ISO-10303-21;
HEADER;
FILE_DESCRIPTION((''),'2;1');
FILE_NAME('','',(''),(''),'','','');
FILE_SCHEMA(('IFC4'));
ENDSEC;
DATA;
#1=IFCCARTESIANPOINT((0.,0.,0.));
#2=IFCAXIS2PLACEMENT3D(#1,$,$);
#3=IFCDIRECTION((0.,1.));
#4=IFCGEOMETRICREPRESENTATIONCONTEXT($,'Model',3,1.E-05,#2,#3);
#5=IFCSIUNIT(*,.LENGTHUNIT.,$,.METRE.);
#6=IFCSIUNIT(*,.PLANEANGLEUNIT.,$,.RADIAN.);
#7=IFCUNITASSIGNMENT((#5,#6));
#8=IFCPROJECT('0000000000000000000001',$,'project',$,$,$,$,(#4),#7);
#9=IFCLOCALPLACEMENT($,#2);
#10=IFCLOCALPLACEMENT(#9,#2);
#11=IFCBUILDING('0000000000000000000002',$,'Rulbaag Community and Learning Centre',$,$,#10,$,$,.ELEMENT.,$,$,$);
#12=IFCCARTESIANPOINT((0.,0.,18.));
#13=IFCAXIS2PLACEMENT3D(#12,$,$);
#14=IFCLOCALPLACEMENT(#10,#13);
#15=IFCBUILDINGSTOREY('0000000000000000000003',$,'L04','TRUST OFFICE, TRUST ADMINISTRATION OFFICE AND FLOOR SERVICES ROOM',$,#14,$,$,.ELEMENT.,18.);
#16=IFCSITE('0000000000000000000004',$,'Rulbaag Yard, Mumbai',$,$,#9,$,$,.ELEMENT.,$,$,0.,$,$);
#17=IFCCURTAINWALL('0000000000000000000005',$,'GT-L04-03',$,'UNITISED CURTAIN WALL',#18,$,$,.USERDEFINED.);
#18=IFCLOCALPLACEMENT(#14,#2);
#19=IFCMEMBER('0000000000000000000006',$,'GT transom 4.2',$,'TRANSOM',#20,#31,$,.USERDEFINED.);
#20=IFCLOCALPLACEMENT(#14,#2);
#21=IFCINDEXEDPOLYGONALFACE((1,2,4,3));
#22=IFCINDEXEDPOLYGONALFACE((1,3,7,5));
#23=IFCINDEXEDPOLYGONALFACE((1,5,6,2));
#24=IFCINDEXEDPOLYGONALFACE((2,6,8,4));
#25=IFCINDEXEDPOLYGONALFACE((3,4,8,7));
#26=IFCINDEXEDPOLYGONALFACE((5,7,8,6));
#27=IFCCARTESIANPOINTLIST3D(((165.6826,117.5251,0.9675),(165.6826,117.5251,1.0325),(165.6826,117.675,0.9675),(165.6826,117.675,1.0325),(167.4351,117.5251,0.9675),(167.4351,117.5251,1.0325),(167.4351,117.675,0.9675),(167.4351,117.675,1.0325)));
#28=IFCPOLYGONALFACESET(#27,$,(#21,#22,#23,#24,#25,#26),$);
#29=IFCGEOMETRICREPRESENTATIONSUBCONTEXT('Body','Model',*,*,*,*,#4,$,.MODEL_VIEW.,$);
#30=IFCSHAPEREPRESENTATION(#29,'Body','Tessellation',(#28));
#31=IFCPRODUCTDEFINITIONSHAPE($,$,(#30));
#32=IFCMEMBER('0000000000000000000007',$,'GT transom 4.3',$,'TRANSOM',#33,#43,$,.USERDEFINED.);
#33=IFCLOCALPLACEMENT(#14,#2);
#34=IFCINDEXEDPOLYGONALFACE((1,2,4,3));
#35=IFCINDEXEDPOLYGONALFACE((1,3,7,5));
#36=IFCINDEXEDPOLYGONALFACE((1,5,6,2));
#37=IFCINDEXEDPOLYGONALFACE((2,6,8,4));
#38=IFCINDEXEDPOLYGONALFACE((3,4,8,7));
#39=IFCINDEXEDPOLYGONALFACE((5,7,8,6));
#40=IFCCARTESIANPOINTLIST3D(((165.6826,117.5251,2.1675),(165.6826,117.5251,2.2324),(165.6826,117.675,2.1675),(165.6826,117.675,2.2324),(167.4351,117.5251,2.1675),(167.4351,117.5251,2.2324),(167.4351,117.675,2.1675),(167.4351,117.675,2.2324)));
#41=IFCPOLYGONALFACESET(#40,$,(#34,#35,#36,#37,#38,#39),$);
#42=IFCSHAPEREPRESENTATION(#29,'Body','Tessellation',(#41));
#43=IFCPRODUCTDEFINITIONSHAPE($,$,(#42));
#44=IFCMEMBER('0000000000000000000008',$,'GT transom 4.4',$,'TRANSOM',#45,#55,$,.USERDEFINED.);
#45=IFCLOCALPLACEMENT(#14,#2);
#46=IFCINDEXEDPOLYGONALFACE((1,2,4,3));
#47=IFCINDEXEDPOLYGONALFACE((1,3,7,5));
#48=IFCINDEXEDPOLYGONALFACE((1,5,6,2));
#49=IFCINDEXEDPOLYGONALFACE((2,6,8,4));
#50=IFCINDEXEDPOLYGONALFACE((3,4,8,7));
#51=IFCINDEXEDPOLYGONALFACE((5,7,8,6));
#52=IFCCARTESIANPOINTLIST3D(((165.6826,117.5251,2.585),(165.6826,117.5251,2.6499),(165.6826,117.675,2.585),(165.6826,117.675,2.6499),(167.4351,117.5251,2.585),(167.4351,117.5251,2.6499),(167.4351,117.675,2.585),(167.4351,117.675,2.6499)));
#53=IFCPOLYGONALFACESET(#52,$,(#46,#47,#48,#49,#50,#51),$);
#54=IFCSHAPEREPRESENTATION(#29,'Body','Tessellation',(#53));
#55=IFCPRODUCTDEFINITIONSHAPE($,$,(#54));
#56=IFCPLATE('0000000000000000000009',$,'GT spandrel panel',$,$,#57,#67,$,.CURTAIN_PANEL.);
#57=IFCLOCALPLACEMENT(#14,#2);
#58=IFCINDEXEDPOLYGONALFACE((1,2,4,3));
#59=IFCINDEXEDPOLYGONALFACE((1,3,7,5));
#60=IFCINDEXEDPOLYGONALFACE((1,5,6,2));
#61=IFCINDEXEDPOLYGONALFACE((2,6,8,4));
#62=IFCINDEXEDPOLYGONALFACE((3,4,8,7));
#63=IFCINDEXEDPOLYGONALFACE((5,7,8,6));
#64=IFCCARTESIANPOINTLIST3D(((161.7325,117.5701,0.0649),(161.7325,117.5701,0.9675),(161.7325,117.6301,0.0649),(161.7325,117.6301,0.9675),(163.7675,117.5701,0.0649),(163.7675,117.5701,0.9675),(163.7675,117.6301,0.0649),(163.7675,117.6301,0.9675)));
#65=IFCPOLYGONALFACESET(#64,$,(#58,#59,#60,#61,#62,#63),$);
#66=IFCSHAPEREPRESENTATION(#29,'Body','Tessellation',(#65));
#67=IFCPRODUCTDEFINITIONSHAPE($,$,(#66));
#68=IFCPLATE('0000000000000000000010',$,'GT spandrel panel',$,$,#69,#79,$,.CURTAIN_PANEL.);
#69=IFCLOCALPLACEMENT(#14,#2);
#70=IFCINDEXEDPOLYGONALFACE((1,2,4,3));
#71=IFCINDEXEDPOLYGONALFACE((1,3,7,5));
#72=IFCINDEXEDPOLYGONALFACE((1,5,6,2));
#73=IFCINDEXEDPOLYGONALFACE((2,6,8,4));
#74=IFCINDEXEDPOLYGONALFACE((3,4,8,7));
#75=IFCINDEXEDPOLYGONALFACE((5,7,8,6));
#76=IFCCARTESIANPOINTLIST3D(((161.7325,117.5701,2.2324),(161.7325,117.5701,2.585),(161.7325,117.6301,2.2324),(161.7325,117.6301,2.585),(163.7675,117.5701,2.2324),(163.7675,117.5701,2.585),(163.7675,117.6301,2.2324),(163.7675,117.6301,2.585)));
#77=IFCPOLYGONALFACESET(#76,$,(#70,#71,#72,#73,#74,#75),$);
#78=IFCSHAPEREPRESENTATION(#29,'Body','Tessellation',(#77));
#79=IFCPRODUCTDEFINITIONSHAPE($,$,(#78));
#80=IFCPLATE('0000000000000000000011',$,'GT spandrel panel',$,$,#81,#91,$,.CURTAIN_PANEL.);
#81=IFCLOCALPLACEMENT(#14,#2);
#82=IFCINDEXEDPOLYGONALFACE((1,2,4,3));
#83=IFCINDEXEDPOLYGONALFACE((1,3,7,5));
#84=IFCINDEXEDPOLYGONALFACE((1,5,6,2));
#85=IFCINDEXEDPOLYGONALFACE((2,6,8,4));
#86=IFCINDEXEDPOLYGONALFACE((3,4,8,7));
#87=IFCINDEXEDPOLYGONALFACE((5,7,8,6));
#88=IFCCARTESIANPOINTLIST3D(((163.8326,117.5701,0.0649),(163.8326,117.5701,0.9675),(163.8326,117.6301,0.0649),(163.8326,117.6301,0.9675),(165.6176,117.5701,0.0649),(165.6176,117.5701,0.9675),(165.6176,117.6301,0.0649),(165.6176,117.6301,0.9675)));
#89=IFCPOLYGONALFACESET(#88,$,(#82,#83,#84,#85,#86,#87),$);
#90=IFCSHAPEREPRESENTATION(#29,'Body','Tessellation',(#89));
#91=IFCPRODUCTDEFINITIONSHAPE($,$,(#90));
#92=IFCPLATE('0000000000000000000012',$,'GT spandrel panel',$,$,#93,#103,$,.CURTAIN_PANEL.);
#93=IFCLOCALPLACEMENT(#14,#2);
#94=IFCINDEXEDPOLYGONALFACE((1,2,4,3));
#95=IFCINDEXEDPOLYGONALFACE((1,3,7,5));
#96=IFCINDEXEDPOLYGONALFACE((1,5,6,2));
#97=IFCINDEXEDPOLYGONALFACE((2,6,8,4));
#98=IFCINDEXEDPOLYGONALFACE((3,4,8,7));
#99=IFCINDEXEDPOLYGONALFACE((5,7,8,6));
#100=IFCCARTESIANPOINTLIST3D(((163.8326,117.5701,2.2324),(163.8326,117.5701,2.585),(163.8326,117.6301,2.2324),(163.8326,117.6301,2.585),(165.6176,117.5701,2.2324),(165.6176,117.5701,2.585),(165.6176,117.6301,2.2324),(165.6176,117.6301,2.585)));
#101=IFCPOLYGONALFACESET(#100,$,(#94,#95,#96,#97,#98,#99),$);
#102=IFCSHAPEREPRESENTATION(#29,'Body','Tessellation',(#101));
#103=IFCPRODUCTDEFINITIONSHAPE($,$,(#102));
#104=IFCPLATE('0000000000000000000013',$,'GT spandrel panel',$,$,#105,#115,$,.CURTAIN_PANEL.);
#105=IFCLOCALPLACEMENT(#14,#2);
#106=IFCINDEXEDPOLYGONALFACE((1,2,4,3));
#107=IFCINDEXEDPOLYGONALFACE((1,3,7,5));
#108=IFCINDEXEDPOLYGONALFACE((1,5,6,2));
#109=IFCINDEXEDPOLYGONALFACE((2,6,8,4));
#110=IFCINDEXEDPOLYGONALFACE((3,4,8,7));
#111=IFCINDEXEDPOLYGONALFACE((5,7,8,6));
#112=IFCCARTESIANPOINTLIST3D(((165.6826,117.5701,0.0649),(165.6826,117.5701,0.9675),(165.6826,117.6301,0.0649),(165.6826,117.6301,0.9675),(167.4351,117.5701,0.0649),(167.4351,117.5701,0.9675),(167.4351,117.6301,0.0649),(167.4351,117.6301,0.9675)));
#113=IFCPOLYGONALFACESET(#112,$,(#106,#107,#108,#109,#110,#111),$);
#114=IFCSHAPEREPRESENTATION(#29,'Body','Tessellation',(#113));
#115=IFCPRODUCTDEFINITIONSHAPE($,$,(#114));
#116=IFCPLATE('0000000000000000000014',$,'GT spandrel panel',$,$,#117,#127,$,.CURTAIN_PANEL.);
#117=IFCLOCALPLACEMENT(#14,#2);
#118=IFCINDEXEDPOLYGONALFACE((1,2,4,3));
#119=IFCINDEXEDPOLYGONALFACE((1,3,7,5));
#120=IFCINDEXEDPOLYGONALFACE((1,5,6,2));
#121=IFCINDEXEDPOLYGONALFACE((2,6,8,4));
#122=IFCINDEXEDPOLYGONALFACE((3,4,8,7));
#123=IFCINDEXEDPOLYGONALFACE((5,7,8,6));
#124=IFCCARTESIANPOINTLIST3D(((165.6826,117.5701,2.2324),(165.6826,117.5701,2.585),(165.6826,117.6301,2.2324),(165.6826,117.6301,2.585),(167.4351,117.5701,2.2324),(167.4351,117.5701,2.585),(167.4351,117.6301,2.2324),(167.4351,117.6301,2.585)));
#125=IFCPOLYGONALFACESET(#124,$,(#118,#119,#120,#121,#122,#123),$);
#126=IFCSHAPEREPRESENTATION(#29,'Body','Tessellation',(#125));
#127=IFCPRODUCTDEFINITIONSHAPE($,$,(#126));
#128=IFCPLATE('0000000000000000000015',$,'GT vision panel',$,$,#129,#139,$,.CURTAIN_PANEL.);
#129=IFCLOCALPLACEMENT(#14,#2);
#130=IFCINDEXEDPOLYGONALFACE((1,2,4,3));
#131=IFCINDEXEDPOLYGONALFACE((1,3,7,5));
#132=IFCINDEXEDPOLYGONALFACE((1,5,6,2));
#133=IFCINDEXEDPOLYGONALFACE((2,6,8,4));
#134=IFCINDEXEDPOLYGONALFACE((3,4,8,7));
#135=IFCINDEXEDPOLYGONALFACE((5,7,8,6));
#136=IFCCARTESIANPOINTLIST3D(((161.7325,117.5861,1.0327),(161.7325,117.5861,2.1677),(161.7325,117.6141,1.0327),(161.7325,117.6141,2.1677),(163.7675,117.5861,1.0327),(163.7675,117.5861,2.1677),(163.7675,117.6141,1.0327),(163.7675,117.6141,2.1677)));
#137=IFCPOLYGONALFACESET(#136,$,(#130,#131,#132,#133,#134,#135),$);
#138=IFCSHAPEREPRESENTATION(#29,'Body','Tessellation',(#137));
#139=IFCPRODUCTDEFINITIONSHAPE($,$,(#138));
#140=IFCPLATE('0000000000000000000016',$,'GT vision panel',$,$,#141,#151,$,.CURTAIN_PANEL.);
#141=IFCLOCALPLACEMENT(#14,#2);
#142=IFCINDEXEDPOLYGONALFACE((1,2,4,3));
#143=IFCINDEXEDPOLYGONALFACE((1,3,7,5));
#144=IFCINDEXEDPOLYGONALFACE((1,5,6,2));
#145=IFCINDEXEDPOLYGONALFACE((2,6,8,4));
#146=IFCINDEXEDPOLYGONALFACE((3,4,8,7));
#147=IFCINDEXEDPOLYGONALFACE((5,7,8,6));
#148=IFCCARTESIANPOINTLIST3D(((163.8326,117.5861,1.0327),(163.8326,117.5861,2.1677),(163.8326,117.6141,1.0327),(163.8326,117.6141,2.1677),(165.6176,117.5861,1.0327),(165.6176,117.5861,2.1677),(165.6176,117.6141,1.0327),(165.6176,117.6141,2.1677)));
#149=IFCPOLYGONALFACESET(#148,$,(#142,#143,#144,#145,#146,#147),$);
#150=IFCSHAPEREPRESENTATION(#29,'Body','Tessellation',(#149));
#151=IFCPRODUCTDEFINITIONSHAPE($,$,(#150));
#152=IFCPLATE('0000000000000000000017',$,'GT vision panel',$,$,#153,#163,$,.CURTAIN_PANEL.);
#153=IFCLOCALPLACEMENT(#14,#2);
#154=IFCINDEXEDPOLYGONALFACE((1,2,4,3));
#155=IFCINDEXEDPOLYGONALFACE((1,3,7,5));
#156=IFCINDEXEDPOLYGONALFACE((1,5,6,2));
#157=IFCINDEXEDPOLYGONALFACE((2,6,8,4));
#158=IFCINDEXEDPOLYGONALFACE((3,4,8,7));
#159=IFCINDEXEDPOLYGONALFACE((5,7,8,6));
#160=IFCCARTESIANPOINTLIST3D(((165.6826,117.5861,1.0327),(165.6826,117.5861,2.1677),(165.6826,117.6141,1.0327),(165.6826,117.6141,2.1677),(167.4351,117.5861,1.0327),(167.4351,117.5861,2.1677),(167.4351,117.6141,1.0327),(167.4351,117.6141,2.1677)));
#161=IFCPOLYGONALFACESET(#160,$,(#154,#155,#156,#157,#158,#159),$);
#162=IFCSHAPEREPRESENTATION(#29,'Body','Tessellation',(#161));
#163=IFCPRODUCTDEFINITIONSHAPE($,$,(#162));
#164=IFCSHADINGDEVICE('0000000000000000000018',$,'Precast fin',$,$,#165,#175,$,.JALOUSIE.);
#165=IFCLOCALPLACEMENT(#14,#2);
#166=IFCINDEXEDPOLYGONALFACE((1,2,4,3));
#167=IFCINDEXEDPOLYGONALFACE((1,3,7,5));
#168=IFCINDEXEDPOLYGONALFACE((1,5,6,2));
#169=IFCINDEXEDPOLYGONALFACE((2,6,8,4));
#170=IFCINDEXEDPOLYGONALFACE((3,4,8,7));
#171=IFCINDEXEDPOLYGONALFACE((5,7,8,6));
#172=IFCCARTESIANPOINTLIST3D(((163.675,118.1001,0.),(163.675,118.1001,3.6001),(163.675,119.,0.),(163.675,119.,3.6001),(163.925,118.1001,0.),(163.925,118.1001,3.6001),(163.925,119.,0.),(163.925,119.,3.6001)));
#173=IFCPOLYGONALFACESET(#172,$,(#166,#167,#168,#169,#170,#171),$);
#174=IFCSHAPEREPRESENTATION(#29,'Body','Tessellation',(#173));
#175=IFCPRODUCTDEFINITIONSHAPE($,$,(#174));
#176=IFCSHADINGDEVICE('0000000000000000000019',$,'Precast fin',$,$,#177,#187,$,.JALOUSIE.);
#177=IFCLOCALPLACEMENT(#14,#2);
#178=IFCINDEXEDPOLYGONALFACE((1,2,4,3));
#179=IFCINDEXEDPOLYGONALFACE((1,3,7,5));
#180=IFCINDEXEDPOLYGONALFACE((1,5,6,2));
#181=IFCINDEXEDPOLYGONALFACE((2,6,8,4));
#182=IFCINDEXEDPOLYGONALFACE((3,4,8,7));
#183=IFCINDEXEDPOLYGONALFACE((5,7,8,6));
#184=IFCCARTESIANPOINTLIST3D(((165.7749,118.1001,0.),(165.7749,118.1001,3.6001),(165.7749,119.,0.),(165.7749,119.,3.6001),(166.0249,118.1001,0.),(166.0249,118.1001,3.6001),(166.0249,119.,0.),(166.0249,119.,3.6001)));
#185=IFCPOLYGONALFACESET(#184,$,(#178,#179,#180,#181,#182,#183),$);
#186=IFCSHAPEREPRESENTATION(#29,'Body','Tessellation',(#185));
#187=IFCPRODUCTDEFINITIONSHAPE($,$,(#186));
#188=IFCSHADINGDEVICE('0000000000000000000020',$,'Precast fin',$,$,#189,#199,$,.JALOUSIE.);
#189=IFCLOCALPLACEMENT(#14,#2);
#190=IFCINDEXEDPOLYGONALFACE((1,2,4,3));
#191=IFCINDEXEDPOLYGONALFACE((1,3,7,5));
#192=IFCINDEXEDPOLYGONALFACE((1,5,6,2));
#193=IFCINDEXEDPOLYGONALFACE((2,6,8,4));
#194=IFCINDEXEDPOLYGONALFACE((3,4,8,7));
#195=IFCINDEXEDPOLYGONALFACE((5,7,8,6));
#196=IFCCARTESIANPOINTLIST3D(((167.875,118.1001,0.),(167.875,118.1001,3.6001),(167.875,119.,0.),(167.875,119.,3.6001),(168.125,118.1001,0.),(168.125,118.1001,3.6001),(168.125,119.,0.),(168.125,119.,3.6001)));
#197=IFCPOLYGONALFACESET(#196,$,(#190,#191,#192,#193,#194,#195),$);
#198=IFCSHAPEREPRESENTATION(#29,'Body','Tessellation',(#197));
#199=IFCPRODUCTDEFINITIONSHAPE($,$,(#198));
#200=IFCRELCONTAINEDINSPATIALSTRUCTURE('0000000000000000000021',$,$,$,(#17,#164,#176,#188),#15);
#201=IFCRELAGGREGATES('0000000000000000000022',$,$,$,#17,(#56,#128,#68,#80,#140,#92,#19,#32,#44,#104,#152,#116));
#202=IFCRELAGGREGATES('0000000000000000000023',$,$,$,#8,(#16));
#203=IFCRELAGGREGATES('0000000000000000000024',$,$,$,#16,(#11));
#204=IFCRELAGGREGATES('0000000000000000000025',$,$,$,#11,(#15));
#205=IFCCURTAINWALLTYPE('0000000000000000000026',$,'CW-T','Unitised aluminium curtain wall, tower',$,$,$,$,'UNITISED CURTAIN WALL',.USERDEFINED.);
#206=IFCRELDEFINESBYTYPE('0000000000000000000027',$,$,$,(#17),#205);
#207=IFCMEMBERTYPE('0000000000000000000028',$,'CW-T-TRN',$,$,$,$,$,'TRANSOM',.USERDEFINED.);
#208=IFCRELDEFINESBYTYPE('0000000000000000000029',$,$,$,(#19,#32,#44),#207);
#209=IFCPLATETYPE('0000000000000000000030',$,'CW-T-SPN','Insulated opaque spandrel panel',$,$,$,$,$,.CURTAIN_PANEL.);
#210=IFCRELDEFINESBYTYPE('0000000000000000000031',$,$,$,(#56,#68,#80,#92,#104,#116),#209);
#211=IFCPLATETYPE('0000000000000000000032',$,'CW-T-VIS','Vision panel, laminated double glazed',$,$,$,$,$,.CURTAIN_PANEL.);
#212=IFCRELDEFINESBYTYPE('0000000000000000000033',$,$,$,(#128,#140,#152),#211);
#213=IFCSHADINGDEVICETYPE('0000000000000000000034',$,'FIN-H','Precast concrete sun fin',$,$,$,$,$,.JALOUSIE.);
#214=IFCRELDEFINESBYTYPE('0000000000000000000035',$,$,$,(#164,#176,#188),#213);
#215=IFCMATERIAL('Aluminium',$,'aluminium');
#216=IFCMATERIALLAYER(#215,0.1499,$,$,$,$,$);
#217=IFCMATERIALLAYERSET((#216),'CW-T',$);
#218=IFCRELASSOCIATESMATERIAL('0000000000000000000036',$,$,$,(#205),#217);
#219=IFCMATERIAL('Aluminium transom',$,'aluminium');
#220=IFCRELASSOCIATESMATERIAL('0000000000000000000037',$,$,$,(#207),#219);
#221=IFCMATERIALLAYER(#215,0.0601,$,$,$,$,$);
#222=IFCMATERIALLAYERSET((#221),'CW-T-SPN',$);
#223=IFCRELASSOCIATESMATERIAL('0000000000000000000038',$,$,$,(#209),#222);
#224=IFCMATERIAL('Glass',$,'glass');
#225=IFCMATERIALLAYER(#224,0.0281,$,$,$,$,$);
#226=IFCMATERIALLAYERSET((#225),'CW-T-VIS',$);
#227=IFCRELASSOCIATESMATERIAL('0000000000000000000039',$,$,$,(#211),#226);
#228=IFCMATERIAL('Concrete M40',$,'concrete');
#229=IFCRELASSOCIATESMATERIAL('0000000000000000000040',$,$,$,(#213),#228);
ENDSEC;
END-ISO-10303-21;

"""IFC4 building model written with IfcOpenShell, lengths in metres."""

from ifc_helpers import new_model, si_unit, direction, frame, origin, origin_2d, place, context, subcontext, project, spatial, rectangle, extrude, material, layer, layer_set, material_profile, profile_set, type_object, element, aggregate, save


model = new_model("IFC4")

# Units and contexts
model_context = context("Model", 3, precision=1e-05, world=origin(), true_north=direction((0.0, 1.0)))
body_context = subcontext(model_context, "Body", "Model", "MODEL_VIEW")
ifc_project = project(units=[si_unit("LENGTHUNIT", "METRE"), si_unit("PLANEANGLEUNIT", "RADIAN")], contexts=[model_context])

# Site, building, storey
site_placement = place(None, origin())
site = spatial("IfcSite", under=ifc_project, at=site_placement, Name="Rulbaag Yard, Mumbai", CompositionType="ELEMENT", RefElevation=0.0)
building_placement = place(site_placement, origin())
building = spatial("IfcBuilding", under=site, at=building_placement, Name="Rulbaag Community and Learning Centre", CompositionType="ELEMENT")
storey_placement = place(building_placement, frame((0.0, 0.0, 18.0)))
storey = spatial("IfcBuildingStorey", under=building, at=storey_placement, Name="L04", Description="TRUST OFFICE, TRUST ADMINISTRATION OFFICE AND FLOOR SERVICES ROOM", CompositionType="ELEMENT", Elevation=18.0)

# Curtain wall
ifc_material_1 = material(Name="Aluminium", Category="aluminium")
ifc_layer_1 = layer(ifc_material_1, 0.1499)
ifc_layer_set_1 = layer_set([ifc_layer_1], Name="CW-T")
curtain_wall_type = type_object("IfcCurtainWallType", Name="CW-T", Description="Unitised aluminium curtain wall, tower", ElementType="UNITISED CURTAIN WALL", PredefinedType="USERDEFINED", material=ifc_layer_set_1)
curtain_wall_1_placement = place(storey_placement, origin())
curtain_wall_1 = element("IfcCurtainWall", 1, at=curtain_wall_1_placement, inside=storey, type_object=curtain_wall_type, Name="GT-L04-03", ObjectType="UNITISED CURTAIN WALL", PredefinedType="USERDEFINED")

# Members
ifc_material_2 = material(Name="Aluminium transom", Category="aluminium")
ifc_material_profile_1 = material_profile(ifc_material_2, rectangle(XDim=0.1499, YDim=0.0649, at=origin_2d()), Name="AL 65x150 T")
ifc_profile_set_1 = profile_set([ifc_material_profile_1], Name="Aluminium transom")
member_type_1 = type_object("IfcMemberType", Name="CW-T-TRN", ElementType="TRANSOM", PredefinedType="USERDEFINED", material=ifc_profile_set_1)
member_1_placement = place(storey_placement, frame((165.6826, 117.6001, 1.0), z_axis=(1.0, 0.0, 0.0), x_axis=(0.0, 1.0, 0.0)))
member_1 = element("IfcMember", 2, at=member_1_placement, type_object=member_type_1, Name="GT transom 4.2", ObjectType="TRANSOM", PredefinedType="USERDEFINED", context=body_context, shape_type="SweptSolid", body=[
    extrude(rectangle(XDim=0.1499, YDim=0.0649, at=origin_2d()), origin(), (0.0, 0.0, 1.0), 1.7524),
])
member_2_placement = place(storey_placement, frame((165.6826, 117.6001, 2.2), z_axis=(1.0, 0.0, 0.0), x_axis=(0.0, 1.0, 0.0)))
member_2 = element("IfcMember", 3, at=member_2_placement, type_object=member_type_1, Name="GT transom 4.3", ObjectType="TRANSOM", PredefinedType="USERDEFINED", context=body_context, shape_type="SweptSolid", body=[
    extrude(rectangle(XDim=0.1499, YDim=0.0649, at=origin_2d()), origin(), (0.0, 0.0, 1.0), 1.7524),
])
member_3_placement = place(storey_placement, frame((165.6826, 117.6001, 2.6174), z_axis=(1.0, 0.0, 0.0), x_axis=(0.0, 1.0, 0.0)))
member_3 = element("IfcMember", 4, at=member_3_placement, type_object=member_type_1, Name="GT transom 4.4", ObjectType="TRANSOM", PredefinedType="USERDEFINED", context=body_context, shape_type="SweptSolid", body=[
    extrude(rectangle(XDim=0.1499, YDim=0.0649, at=origin_2d()), origin(), (0.0, 0.0, 1.0), 1.7524),
])

# Plates
ifc_layer_2 = layer(ifc_material_1, 0.0601)
ifc_layer_set_2 = layer_set([ifc_layer_2], Name="CW-T-SPN")
plate_type_1 = type_object("IfcPlateType", Name="CW-T-SPN", Description="Insulated opaque spandrel panel", PredefinedType="CURTAIN_PANEL", material=ifc_layer_set_2)
plate_1_placement = place(storey_placement, frame((162.75, 117.6001, 0.0649), z_axis=(0.0, 0.0, 1.0), x_axis=(1.0, 0.0, 0.0)))
plate_1 = element("IfcPlate", 5, at=plate_1_placement, type_object=plate_type_1, Name="GT spandrel panel", PredefinedType="CURTAIN_PANEL", context=body_context, shape_type="SweptSolid", body=[
    extrude(rectangle(XDim=2.0349, YDim=0.0601, at=origin_2d()), origin(), (0.0, 0.0, 1.0), 0.9026),
])
plate_2_placement = place(storey_placement, frame((162.75, 117.6001, 2.2324), z_axis=(0.0, 0.0, 1.0), x_axis=(1.0, 0.0, 0.0)))
plate_2 = element("IfcPlate", 6, at=plate_2_placement, type_object=plate_type_1, Name="GT spandrel panel", PredefinedType="CURTAIN_PANEL", context=body_context, shape_type="SweptSolid", body=[
    extrude(rectangle(XDim=2.0349, YDim=0.0601, at=origin_2d()), origin(), (0.0, 0.0, 1.0), 0.3525),
])
plate_3_placement = place(storey_placement, frame((164.7251, 117.6001, 0.0649), z_axis=(0.0, 0.0, 1.0), x_axis=(1.0, 0.0, 0.0)))
plate_3 = element("IfcPlate", 7, at=plate_3_placement, type_object=plate_type_1, Name="GT spandrel panel", PredefinedType="CURTAIN_PANEL", context=body_context, shape_type="SweptSolid", body=[
    extrude(rectangle(XDim=1.7849, YDim=0.0601, at=origin_2d()), origin(), (0.0, 0.0, 1.0), 0.9026),
])
plate_4_placement = place(storey_placement, frame((164.7251, 117.6001, 2.2324), z_axis=(0.0, 0.0, 1.0), x_axis=(1.0, 0.0, 0.0)))
plate_4 = element("IfcPlate", 8, at=plate_4_placement, type_object=plate_type_1, Name="GT spandrel panel", PredefinedType="CURTAIN_PANEL", context=body_context, shape_type="SweptSolid", body=[
    extrude(rectangle(XDim=1.7849, YDim=0.0601, at=origin_2d()), origin(), (0.0, 0.0, 1.0), 0.3525),
])
plate_5_placement = place(storey_placement, frame((166.5588, 117.6001, 0.0649), z_axis=(0.0, 0.0, 1.0), x_axis=(1.0, 0.0, 0.0)))
plate_5 = element("IfcPlate", 9, at=plate_5_placement, type_object=plate_type_1, Name="GT spandrel panel", PredefinedType="CURTAIN_PANEL", context=body_context, shape_type="SweptSolid", body=[
    extrude(rectangle(XDim=1.7524, YDim=0.0601, at=origin_2d()), origin(), (0.0, 0.0, 1.0), 0.9026),
])
plate_6_placement = place(storey_placement, frame((166.5588, 117.6001, 2.2324), z_axis=(0.0, 0.0, 1.0), x_axis=(1.0, 0.0, 0.0)))
plate_6 = element("IfcPlate", 10, at=plate_6_placement, type_object=plate_type_1, Name="GT spandrel panel", PredefinedType="CURTAIN_PANEL", context=body_context, shape_type="SweptSolid", body=[
    extrude(rectangle(XDim=1.7524, YDim=0.0601, at=origin_2d()), origin(), (0.0, 0.0, 1.0), 0.3525),
])
ifc_material_3 = material(Name="Glass", Category="glass")
ifc_layer_3 = layer(ifc_material_3, 0.0281)
ifc_layer_set_3 = layer_set([ifc_layer_3], Name="CW-T-VIS")
plate_type_2 = type_object("IfcPlateType", Name="CW-T-VIS", Description="Vision panel, laminated double glazed", PredefinedType="CURTAIN_PANEL", material=ifc_layer_set_3)
plate_7_placement = place(storey_placement, frame((162.75, 117.6001, 1.0327), z_axis=(0.0, 0.0, 1.0), x_axis=(1.0, 0.0, 0.0)))
plate_7 = element("IfcPlate", 11, at=plate_7_placement, type_object=plate_type_2, Name="GT vision panel", PredefinedType="CURTAIN_PANEL", context=body_context, shape_type="SweptSolid", body=[
    extrude(rectangle(XDim=2.0349, YDim=0.0281, at=origin_2d()), origin(), (0.0, 0.0, 1.0), 1.135),
])
plate_8_placement = place(storey_placement, frame((164.7251, 117.6001, 1.0327), z_axis=(0.0, 0.0, 1.0), x_axis=(1.0, 0.0, 0.0)))
plate_8 = element("IfcPlate", 12, at=plate_8_placement, type_object=plate_type_2, Name="GT vision panel", PredefinedType="CURTAIN_PANEL", context=body_context, shape_type="SweptSolid", body=[
    extrude(rectangle(XDim=1.7849, YDim=0.0281, at=origin_2d()), origin(), (0.0, 0.0, 1.0), 1.135),
])
plate_9_placement = place(storey_placement, frame((166.5588, 117.6001, 1.0327), z_axis=(0.0, 0.0, 1.0), x_axis=(1.0, 0.0, 0.0)))
plate_9 = element("IfcPlate", 13, at=plate_9_placement, type_object=plate_type_2, Name="GT vision panel", PredefinedType="CURTAIN_PANEL", context=body_context, shape_type="SweptSolid", body=[
    extrude(rectangle(XDim=1.7524, YDim=0.0281, at=origin_2d()), origin(), (0.0, 0.0, 1.0), 1.135),
])
aggregate(curtain_wall_1, [plate_1, plate_7, plate_2, plate_3, plate_8, plate_4, member_1, member_2, member_3, plate_5, plate_9, plate_6])

# Shading devices
ifc_material_4 = material(Name="Concrete M40", Category="concrete")
ifc_material_profile_2 = material_profile(ifc_material_4, rectangle(XDim=0.25, YDim=0.8999, at=origin_2d()), Name="PC 250x900")
ifc_profile_set_2 = profile_set([ifc_material_profile_2], Name="Concrete M40")
shading_device_type = type_object("IfcShadingDeviceType", Name="FIN-H", Description="Precast concrete sun fin", PredefinedType="JALOUSIE", material=ifc_profile_set_2)
for number, where, z_axis, x_axis, name in (
    (14, (163.8, 118.55, 0.0), (0.0, 0.0, 1.0), (1.0, 0.0, 0.0), "Precast fin"),
    (15, (165.8999, 118.55, 0.0), (0.0, 0.0, 1.0), (1.0, 0.0, 0.0), "Precast fin"),
    (16, (168.0, 118.55, 0.0), (0.0, 0.0, 1.0), (1.0, 0.0, 0.0), "Precast fin"),
):
    element("IfcShadingDevice", number, at=place(storey_placement, frame(where, z_axis=z_axis, x_axis=x_axis)), inside=storey, type_object=shading_device_type, Name=name, PredefinedType="JALOUSIE", context=body_context, shape_type="SweptSolid", body=[
        extrude(rectangle(XDim=0.25, YDim=0.8999, at=origin_2d()), origin(), (0.0, 0.0, 1.0), 3.6001),
    ])

save(model, "model.ifc")
